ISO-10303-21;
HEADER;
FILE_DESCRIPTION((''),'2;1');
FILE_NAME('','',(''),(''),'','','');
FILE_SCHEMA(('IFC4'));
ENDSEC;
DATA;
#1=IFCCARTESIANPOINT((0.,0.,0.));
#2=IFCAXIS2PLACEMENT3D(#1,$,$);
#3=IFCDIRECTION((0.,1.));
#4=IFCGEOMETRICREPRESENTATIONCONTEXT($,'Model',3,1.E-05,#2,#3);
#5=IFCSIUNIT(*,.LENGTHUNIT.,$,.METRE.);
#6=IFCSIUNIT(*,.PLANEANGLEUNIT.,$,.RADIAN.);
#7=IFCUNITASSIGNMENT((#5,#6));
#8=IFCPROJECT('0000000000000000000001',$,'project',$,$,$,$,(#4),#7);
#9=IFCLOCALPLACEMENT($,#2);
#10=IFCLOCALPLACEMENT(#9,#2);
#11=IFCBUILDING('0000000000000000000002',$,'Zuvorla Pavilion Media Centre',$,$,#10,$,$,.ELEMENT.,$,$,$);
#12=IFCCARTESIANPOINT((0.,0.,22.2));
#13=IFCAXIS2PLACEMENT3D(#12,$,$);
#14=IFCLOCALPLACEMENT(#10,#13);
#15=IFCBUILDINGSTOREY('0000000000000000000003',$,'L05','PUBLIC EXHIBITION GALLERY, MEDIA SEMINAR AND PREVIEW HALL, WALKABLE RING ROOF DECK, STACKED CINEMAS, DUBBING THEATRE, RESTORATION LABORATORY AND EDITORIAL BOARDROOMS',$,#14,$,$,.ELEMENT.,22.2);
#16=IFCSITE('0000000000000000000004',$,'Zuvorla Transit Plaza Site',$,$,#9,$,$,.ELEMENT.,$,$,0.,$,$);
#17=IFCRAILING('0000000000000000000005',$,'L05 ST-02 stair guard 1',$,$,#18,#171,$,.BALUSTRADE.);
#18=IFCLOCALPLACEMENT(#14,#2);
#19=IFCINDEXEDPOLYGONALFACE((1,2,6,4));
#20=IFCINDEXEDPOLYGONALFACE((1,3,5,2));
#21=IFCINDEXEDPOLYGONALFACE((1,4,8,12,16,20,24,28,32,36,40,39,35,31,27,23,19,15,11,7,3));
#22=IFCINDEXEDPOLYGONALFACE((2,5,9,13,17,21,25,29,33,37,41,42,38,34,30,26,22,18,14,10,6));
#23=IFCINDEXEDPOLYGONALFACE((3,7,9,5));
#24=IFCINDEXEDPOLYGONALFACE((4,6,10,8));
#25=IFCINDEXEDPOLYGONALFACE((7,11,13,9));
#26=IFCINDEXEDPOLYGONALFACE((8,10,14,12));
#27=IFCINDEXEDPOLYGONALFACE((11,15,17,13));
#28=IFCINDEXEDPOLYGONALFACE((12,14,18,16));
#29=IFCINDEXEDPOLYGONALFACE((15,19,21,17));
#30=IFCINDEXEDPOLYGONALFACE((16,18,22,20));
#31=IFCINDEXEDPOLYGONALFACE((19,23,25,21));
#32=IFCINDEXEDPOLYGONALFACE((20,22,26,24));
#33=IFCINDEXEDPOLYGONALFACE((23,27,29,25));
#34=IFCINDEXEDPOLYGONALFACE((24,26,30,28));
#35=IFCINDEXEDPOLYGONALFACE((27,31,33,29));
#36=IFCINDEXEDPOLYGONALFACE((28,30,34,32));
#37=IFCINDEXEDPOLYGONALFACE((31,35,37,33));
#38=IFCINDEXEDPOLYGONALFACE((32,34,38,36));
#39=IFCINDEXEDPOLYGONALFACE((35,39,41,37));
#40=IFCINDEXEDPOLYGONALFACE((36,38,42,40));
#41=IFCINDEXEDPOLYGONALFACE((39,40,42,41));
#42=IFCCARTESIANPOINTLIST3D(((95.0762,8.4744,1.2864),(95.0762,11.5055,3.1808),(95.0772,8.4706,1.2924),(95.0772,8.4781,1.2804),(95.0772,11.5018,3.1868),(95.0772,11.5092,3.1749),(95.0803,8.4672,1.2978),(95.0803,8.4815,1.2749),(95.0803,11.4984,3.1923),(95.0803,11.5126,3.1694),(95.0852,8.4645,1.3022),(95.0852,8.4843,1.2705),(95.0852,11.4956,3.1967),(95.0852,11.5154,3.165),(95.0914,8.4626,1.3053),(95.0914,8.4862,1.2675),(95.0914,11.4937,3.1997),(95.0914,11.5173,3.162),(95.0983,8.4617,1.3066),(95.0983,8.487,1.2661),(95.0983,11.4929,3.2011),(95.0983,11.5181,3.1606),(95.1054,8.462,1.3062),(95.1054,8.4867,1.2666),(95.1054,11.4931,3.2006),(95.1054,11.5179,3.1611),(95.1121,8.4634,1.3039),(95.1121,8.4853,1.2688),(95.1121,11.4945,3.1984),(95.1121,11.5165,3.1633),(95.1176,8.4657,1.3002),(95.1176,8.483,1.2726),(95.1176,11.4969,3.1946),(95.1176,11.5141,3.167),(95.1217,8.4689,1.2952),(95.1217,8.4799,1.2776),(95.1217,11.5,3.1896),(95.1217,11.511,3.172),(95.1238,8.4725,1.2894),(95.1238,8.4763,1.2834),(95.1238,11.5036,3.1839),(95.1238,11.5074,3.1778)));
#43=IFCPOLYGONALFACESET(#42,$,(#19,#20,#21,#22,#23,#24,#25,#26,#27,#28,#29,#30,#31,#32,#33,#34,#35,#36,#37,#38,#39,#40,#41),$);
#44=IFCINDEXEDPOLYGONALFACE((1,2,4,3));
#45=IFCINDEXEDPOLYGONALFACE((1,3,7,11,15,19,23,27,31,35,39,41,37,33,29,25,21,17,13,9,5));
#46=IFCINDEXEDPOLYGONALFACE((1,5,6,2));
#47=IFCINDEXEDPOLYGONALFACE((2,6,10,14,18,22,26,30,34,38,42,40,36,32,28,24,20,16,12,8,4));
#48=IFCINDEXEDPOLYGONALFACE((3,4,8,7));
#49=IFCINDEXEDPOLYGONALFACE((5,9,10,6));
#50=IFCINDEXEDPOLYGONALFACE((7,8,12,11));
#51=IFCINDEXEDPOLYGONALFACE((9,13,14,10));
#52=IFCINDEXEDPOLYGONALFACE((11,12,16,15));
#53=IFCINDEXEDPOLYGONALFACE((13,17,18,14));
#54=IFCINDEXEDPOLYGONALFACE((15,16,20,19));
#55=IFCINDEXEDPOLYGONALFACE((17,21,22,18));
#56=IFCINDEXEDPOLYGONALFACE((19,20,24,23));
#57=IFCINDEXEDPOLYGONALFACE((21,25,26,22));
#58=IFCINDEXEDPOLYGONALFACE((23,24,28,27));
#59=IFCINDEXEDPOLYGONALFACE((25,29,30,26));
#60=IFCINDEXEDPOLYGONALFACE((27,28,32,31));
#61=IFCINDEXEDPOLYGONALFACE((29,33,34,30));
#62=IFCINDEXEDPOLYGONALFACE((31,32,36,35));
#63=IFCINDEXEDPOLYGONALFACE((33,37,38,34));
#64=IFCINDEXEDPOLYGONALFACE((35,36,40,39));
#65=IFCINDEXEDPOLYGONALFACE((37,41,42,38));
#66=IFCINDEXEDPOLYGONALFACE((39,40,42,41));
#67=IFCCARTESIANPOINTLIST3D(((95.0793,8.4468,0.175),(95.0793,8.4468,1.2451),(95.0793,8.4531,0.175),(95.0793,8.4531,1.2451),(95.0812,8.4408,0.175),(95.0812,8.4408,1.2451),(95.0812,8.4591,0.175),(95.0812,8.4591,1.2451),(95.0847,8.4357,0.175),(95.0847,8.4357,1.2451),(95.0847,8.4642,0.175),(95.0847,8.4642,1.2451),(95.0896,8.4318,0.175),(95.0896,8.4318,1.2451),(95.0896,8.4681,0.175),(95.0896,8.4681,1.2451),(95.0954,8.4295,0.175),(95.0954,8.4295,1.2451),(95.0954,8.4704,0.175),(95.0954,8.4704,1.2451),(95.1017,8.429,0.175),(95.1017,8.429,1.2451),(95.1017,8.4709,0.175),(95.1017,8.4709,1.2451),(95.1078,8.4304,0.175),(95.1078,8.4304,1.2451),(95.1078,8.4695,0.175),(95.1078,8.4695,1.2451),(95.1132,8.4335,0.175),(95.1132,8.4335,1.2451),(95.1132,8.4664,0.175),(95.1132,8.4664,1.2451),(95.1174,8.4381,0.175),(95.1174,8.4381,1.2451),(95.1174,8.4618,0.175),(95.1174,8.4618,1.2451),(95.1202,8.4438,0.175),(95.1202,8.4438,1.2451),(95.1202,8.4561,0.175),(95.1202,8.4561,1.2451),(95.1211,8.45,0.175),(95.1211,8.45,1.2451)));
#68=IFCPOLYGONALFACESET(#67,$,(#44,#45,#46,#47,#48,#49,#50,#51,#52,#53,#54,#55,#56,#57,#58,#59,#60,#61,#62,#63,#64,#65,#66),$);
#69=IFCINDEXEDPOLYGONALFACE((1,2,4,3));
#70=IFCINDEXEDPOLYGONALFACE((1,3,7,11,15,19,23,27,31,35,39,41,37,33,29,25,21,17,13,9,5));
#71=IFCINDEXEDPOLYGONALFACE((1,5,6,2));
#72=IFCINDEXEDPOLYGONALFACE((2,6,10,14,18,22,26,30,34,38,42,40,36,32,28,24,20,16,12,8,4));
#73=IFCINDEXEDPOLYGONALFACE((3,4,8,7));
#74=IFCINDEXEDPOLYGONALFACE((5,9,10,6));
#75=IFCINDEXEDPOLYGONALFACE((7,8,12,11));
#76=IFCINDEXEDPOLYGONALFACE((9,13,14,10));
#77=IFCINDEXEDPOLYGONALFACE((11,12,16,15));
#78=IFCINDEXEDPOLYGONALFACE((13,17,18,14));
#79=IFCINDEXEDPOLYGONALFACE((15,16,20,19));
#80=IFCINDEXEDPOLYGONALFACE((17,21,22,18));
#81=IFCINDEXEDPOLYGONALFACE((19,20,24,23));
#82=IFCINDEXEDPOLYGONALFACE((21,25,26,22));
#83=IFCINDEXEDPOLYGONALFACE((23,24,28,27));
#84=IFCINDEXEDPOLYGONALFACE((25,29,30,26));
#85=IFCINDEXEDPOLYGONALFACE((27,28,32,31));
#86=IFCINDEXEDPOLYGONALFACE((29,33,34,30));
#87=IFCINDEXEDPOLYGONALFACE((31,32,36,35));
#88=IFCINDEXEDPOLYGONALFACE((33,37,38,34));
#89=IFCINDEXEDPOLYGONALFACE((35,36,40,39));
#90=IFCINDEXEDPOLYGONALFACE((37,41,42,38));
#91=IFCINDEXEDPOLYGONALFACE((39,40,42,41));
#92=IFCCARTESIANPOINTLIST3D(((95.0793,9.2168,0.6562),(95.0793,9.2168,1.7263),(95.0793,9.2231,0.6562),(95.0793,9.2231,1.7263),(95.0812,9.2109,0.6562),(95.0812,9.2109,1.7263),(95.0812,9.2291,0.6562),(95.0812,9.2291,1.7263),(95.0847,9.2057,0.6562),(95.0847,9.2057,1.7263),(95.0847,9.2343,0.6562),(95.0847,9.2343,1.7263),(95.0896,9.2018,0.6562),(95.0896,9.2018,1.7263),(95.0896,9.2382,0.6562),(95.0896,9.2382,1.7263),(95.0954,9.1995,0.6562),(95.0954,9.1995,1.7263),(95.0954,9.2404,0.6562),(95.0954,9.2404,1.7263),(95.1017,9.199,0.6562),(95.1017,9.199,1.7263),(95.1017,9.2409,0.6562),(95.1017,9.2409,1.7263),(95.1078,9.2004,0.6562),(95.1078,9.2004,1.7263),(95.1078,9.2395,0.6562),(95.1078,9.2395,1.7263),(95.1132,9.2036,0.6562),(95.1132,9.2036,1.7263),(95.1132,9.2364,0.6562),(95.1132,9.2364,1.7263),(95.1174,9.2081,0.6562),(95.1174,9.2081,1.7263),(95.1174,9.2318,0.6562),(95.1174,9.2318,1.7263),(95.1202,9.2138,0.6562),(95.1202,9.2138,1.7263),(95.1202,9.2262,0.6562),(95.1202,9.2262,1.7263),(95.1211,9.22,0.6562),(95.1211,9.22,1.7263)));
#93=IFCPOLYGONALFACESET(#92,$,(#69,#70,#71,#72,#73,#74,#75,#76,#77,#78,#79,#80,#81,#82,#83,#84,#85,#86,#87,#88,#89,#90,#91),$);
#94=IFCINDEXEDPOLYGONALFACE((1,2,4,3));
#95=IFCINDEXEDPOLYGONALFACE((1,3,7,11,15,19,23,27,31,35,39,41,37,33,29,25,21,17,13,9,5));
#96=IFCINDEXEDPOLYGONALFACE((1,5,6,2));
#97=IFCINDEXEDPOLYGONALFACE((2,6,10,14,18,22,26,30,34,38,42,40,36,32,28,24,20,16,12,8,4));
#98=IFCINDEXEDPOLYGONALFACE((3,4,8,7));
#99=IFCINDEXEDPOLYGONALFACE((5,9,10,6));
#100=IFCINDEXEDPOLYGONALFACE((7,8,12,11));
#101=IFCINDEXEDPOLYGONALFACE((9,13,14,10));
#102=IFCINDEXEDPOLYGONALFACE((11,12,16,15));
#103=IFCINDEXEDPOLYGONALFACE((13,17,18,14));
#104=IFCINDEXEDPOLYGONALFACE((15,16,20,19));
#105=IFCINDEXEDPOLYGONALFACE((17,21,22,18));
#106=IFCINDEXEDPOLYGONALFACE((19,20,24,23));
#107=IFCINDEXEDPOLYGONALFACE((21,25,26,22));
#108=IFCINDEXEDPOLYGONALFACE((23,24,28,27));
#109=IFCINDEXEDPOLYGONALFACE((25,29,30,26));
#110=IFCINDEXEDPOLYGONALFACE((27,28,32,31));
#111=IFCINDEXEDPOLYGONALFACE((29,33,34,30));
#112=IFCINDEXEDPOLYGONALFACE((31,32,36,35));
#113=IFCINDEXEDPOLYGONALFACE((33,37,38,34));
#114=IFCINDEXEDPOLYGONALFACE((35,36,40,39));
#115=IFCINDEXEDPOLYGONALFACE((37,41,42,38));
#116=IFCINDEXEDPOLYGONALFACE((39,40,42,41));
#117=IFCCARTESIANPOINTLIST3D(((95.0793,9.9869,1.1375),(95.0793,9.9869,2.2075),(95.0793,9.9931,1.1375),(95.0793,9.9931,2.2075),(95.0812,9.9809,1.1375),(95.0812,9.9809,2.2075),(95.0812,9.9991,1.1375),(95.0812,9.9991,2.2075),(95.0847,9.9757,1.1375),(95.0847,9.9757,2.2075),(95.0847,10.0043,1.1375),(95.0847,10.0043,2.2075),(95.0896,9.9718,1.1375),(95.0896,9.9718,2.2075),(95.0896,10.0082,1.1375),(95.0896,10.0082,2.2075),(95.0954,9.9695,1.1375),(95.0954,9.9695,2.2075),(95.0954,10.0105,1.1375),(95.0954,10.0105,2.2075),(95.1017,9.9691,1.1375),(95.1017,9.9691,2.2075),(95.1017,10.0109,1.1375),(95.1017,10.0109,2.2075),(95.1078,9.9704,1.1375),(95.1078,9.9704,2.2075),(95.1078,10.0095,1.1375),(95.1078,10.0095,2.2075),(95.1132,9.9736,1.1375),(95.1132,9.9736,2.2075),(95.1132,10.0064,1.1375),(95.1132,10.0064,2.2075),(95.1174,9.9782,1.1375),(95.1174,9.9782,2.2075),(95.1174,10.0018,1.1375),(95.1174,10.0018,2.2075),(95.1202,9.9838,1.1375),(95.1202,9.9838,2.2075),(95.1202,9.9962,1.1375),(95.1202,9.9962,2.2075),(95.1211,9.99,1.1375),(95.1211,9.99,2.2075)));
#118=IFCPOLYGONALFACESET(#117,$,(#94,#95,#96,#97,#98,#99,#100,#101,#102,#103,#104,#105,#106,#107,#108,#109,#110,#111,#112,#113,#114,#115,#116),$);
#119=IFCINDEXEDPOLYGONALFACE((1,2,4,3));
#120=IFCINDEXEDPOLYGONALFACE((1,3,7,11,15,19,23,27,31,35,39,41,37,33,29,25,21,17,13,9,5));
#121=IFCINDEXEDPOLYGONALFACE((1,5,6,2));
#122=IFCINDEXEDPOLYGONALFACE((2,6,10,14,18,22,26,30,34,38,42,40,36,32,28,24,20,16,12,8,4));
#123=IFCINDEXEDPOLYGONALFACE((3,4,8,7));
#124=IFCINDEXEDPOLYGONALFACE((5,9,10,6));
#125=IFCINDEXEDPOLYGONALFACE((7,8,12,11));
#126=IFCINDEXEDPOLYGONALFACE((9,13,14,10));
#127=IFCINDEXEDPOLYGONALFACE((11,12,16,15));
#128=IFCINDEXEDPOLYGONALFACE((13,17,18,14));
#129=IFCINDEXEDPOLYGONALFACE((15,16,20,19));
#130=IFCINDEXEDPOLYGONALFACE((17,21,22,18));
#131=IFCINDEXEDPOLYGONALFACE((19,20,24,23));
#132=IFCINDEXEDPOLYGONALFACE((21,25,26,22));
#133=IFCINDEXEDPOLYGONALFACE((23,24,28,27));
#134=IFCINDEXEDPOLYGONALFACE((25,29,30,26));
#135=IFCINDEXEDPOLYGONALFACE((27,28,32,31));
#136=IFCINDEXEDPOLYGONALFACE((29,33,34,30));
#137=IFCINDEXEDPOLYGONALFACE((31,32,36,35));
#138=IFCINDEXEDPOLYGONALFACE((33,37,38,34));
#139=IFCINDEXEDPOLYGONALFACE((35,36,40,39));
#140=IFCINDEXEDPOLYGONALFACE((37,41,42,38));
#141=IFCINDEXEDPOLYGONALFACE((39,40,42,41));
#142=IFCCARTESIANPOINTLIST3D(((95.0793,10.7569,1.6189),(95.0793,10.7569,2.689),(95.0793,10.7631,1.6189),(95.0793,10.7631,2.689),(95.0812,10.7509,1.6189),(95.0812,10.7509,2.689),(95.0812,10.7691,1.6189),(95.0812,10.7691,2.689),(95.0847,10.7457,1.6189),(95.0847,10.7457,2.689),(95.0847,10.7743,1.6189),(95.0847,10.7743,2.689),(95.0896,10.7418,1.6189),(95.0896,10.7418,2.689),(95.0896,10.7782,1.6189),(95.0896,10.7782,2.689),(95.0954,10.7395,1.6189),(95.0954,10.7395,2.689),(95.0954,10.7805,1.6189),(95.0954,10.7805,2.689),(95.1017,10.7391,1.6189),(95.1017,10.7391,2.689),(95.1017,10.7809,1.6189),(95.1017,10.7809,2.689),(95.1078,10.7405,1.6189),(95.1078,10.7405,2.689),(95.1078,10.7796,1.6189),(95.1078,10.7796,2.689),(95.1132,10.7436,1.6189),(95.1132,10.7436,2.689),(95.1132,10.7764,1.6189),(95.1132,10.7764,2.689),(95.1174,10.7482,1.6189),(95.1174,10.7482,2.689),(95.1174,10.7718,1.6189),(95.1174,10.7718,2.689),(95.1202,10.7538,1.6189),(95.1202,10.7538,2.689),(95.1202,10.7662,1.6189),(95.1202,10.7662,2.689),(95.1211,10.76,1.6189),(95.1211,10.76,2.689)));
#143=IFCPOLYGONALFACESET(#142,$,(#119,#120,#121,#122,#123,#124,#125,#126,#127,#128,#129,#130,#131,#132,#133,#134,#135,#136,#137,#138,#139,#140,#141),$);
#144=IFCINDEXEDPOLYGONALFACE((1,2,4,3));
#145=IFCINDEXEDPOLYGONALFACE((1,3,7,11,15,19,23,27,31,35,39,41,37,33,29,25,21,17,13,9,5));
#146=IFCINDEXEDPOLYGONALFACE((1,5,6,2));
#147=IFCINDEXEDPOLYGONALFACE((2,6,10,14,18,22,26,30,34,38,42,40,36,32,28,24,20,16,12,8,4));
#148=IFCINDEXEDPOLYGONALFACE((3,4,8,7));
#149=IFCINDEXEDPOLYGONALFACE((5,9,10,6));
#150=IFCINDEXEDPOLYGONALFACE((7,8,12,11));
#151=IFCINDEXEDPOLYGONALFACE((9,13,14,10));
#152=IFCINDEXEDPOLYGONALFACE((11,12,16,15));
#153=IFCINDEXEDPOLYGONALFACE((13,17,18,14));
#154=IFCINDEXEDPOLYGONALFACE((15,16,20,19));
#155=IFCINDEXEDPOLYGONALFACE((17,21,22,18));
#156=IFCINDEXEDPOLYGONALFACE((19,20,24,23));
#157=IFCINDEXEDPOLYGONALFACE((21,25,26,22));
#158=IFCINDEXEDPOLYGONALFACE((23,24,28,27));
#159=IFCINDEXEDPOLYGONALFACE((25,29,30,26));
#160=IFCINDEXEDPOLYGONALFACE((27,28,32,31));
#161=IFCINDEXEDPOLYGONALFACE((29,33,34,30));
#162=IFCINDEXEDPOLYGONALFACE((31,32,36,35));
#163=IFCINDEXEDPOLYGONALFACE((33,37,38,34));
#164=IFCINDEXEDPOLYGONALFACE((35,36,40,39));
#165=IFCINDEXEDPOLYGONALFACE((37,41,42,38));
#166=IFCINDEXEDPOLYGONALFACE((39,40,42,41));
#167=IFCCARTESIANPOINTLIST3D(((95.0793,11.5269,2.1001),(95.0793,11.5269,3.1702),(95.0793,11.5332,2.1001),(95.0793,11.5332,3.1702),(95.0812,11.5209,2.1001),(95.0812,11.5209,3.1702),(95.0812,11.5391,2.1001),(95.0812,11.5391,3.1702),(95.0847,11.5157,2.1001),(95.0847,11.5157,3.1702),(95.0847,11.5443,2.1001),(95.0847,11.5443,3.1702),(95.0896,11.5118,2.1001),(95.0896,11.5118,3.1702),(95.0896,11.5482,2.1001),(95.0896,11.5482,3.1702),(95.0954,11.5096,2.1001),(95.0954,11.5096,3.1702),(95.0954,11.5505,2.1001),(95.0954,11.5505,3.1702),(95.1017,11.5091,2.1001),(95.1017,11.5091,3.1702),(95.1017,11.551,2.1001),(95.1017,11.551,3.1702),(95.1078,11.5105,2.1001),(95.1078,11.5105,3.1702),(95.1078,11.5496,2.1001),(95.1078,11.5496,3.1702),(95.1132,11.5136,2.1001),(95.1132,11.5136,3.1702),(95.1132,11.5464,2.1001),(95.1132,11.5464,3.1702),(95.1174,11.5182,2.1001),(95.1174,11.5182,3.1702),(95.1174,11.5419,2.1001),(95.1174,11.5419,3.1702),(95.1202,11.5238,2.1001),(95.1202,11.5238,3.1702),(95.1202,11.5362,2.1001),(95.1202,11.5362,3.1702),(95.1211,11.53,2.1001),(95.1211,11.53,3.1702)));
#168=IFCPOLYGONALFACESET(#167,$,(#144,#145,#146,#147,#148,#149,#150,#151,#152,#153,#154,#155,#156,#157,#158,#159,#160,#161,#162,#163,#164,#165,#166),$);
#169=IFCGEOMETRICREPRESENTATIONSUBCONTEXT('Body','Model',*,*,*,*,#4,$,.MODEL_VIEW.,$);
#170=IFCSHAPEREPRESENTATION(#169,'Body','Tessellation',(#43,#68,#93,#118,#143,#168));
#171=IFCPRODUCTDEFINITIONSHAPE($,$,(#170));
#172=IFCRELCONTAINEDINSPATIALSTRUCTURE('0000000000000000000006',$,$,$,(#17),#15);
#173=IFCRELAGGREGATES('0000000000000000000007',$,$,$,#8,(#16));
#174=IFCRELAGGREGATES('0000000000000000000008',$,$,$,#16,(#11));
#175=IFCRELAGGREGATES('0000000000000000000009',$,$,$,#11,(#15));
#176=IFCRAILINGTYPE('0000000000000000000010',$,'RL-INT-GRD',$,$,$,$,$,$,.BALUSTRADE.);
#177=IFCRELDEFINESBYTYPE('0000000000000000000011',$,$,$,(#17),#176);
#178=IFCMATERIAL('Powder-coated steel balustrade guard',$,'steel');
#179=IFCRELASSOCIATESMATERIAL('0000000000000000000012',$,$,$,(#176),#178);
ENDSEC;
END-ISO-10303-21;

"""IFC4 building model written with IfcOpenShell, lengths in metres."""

from ifc_helpers import new_model, si_unit, direction, frame, origin, origin_2d, place, context, subcontext, project, spatial, circle, extrude, material, type_object, element, save


model = new_model("IFC4")

# Units and contexts
model_context = context("Model", 3, precision=1e-05, world=origin(), true_north=direction((0.0, 1.0)))
body_context = subcontext(model_context, "Body", "Model", "MODEL_VIEW")
ifc_project = project(units=[si_unit("LENGTHUNIT", "METRE"), si_unit("PLANEANGLEUNIT", "RADIAN")], contexts=[model_context])

# Site, building, storey
site_placement = place(None, origin())
site = spatial("IfcSite", under=ifc_project, at=site_placement, Name="Zuvorla Transit Plaza Site", CompositionType="ELEMENT", RefElevation=0.0)
building_placement = place(site_placement, origin())
building = spatial("IfcBuilding", under=site, at=building_placement, Name="Zuvorla Pavilion Media Centre", CompositionType="ELEMENT")
storey_placement = place(building_placement, frame((0.0, 0.0, 22.2)))
storey = spatial("IfcBuildingStorey", under=building, at=storey_placement, Name="L05", Description="PUBLIC EXHIBITION GALLERY, MEDIA SEMINAR AND PREVIEW HALL, WALKABLE RING ROOF DECK, STACKED CINEMAS, DUBBING THEATRE, RESTORATION LABORATORY AND EDITORIAL BOARDROOMS", CompositionType="ELEMENT", Elevation=22.2)

# Railing
ifc_material_1 = material(Name="Powder-coated steel balustrade guard", Category="steel")
railing_type_1 = type_object("IfcRailingType", Name="RL-INT-GRD", PredefinedType="BALUSTRADE", material=ifc_material_1)
railing_1_placement = place(storey_placement, frame((95.1001, 8.45, 0.175)))
element("IfcRailing", 1, at=railing_1_placement, inside=storey, type_object=railing_type_1, Name="L05 ST-02 stair guard 1", PredefinedType="BALUSTRADE", context=body_context, shape_type="SweptSolid", body=[
    extrude(circle(Radius=0.0239, at=origin_2d()), frame((0.0, 0.0244, 1.1113), z_axis=(0.0, 0.847998, 0.529999), x_axis=(-1.0, 0.0, 0.0)), (0.0, 0.0, 1.0), 3.5745),
    extrude(circle(Radius=0.021, at=origin_2d()), origin(), (0.0, 0.0, 1.0), 1.0701),
    extrude(circle(Radius=0.021, at=origin_2d()), frame((0.0, 0.77, 0.4812)), (0.0, 0.0, 1.0), 1.0701),
    extrude(circle(Radius=0.021, at=origin_2d()), frame((0.0, 1.54, 0.9624)), (0.0, 0.0, 1.0), 1.0701),
    extrude(circle(Radius=0.021, at=origin_2d()), frame((0.0, 2.3101, 1.4438)), (0.0, 0.0, 1.0), 1.0701),
    extrude(circle(Radius=0.021, at=origin_2d()), frame((0.0, 3.0801, 1.925)), (0.0, 0.0, 1.0), 1.0701),
])

save(model, "model.ifc")
